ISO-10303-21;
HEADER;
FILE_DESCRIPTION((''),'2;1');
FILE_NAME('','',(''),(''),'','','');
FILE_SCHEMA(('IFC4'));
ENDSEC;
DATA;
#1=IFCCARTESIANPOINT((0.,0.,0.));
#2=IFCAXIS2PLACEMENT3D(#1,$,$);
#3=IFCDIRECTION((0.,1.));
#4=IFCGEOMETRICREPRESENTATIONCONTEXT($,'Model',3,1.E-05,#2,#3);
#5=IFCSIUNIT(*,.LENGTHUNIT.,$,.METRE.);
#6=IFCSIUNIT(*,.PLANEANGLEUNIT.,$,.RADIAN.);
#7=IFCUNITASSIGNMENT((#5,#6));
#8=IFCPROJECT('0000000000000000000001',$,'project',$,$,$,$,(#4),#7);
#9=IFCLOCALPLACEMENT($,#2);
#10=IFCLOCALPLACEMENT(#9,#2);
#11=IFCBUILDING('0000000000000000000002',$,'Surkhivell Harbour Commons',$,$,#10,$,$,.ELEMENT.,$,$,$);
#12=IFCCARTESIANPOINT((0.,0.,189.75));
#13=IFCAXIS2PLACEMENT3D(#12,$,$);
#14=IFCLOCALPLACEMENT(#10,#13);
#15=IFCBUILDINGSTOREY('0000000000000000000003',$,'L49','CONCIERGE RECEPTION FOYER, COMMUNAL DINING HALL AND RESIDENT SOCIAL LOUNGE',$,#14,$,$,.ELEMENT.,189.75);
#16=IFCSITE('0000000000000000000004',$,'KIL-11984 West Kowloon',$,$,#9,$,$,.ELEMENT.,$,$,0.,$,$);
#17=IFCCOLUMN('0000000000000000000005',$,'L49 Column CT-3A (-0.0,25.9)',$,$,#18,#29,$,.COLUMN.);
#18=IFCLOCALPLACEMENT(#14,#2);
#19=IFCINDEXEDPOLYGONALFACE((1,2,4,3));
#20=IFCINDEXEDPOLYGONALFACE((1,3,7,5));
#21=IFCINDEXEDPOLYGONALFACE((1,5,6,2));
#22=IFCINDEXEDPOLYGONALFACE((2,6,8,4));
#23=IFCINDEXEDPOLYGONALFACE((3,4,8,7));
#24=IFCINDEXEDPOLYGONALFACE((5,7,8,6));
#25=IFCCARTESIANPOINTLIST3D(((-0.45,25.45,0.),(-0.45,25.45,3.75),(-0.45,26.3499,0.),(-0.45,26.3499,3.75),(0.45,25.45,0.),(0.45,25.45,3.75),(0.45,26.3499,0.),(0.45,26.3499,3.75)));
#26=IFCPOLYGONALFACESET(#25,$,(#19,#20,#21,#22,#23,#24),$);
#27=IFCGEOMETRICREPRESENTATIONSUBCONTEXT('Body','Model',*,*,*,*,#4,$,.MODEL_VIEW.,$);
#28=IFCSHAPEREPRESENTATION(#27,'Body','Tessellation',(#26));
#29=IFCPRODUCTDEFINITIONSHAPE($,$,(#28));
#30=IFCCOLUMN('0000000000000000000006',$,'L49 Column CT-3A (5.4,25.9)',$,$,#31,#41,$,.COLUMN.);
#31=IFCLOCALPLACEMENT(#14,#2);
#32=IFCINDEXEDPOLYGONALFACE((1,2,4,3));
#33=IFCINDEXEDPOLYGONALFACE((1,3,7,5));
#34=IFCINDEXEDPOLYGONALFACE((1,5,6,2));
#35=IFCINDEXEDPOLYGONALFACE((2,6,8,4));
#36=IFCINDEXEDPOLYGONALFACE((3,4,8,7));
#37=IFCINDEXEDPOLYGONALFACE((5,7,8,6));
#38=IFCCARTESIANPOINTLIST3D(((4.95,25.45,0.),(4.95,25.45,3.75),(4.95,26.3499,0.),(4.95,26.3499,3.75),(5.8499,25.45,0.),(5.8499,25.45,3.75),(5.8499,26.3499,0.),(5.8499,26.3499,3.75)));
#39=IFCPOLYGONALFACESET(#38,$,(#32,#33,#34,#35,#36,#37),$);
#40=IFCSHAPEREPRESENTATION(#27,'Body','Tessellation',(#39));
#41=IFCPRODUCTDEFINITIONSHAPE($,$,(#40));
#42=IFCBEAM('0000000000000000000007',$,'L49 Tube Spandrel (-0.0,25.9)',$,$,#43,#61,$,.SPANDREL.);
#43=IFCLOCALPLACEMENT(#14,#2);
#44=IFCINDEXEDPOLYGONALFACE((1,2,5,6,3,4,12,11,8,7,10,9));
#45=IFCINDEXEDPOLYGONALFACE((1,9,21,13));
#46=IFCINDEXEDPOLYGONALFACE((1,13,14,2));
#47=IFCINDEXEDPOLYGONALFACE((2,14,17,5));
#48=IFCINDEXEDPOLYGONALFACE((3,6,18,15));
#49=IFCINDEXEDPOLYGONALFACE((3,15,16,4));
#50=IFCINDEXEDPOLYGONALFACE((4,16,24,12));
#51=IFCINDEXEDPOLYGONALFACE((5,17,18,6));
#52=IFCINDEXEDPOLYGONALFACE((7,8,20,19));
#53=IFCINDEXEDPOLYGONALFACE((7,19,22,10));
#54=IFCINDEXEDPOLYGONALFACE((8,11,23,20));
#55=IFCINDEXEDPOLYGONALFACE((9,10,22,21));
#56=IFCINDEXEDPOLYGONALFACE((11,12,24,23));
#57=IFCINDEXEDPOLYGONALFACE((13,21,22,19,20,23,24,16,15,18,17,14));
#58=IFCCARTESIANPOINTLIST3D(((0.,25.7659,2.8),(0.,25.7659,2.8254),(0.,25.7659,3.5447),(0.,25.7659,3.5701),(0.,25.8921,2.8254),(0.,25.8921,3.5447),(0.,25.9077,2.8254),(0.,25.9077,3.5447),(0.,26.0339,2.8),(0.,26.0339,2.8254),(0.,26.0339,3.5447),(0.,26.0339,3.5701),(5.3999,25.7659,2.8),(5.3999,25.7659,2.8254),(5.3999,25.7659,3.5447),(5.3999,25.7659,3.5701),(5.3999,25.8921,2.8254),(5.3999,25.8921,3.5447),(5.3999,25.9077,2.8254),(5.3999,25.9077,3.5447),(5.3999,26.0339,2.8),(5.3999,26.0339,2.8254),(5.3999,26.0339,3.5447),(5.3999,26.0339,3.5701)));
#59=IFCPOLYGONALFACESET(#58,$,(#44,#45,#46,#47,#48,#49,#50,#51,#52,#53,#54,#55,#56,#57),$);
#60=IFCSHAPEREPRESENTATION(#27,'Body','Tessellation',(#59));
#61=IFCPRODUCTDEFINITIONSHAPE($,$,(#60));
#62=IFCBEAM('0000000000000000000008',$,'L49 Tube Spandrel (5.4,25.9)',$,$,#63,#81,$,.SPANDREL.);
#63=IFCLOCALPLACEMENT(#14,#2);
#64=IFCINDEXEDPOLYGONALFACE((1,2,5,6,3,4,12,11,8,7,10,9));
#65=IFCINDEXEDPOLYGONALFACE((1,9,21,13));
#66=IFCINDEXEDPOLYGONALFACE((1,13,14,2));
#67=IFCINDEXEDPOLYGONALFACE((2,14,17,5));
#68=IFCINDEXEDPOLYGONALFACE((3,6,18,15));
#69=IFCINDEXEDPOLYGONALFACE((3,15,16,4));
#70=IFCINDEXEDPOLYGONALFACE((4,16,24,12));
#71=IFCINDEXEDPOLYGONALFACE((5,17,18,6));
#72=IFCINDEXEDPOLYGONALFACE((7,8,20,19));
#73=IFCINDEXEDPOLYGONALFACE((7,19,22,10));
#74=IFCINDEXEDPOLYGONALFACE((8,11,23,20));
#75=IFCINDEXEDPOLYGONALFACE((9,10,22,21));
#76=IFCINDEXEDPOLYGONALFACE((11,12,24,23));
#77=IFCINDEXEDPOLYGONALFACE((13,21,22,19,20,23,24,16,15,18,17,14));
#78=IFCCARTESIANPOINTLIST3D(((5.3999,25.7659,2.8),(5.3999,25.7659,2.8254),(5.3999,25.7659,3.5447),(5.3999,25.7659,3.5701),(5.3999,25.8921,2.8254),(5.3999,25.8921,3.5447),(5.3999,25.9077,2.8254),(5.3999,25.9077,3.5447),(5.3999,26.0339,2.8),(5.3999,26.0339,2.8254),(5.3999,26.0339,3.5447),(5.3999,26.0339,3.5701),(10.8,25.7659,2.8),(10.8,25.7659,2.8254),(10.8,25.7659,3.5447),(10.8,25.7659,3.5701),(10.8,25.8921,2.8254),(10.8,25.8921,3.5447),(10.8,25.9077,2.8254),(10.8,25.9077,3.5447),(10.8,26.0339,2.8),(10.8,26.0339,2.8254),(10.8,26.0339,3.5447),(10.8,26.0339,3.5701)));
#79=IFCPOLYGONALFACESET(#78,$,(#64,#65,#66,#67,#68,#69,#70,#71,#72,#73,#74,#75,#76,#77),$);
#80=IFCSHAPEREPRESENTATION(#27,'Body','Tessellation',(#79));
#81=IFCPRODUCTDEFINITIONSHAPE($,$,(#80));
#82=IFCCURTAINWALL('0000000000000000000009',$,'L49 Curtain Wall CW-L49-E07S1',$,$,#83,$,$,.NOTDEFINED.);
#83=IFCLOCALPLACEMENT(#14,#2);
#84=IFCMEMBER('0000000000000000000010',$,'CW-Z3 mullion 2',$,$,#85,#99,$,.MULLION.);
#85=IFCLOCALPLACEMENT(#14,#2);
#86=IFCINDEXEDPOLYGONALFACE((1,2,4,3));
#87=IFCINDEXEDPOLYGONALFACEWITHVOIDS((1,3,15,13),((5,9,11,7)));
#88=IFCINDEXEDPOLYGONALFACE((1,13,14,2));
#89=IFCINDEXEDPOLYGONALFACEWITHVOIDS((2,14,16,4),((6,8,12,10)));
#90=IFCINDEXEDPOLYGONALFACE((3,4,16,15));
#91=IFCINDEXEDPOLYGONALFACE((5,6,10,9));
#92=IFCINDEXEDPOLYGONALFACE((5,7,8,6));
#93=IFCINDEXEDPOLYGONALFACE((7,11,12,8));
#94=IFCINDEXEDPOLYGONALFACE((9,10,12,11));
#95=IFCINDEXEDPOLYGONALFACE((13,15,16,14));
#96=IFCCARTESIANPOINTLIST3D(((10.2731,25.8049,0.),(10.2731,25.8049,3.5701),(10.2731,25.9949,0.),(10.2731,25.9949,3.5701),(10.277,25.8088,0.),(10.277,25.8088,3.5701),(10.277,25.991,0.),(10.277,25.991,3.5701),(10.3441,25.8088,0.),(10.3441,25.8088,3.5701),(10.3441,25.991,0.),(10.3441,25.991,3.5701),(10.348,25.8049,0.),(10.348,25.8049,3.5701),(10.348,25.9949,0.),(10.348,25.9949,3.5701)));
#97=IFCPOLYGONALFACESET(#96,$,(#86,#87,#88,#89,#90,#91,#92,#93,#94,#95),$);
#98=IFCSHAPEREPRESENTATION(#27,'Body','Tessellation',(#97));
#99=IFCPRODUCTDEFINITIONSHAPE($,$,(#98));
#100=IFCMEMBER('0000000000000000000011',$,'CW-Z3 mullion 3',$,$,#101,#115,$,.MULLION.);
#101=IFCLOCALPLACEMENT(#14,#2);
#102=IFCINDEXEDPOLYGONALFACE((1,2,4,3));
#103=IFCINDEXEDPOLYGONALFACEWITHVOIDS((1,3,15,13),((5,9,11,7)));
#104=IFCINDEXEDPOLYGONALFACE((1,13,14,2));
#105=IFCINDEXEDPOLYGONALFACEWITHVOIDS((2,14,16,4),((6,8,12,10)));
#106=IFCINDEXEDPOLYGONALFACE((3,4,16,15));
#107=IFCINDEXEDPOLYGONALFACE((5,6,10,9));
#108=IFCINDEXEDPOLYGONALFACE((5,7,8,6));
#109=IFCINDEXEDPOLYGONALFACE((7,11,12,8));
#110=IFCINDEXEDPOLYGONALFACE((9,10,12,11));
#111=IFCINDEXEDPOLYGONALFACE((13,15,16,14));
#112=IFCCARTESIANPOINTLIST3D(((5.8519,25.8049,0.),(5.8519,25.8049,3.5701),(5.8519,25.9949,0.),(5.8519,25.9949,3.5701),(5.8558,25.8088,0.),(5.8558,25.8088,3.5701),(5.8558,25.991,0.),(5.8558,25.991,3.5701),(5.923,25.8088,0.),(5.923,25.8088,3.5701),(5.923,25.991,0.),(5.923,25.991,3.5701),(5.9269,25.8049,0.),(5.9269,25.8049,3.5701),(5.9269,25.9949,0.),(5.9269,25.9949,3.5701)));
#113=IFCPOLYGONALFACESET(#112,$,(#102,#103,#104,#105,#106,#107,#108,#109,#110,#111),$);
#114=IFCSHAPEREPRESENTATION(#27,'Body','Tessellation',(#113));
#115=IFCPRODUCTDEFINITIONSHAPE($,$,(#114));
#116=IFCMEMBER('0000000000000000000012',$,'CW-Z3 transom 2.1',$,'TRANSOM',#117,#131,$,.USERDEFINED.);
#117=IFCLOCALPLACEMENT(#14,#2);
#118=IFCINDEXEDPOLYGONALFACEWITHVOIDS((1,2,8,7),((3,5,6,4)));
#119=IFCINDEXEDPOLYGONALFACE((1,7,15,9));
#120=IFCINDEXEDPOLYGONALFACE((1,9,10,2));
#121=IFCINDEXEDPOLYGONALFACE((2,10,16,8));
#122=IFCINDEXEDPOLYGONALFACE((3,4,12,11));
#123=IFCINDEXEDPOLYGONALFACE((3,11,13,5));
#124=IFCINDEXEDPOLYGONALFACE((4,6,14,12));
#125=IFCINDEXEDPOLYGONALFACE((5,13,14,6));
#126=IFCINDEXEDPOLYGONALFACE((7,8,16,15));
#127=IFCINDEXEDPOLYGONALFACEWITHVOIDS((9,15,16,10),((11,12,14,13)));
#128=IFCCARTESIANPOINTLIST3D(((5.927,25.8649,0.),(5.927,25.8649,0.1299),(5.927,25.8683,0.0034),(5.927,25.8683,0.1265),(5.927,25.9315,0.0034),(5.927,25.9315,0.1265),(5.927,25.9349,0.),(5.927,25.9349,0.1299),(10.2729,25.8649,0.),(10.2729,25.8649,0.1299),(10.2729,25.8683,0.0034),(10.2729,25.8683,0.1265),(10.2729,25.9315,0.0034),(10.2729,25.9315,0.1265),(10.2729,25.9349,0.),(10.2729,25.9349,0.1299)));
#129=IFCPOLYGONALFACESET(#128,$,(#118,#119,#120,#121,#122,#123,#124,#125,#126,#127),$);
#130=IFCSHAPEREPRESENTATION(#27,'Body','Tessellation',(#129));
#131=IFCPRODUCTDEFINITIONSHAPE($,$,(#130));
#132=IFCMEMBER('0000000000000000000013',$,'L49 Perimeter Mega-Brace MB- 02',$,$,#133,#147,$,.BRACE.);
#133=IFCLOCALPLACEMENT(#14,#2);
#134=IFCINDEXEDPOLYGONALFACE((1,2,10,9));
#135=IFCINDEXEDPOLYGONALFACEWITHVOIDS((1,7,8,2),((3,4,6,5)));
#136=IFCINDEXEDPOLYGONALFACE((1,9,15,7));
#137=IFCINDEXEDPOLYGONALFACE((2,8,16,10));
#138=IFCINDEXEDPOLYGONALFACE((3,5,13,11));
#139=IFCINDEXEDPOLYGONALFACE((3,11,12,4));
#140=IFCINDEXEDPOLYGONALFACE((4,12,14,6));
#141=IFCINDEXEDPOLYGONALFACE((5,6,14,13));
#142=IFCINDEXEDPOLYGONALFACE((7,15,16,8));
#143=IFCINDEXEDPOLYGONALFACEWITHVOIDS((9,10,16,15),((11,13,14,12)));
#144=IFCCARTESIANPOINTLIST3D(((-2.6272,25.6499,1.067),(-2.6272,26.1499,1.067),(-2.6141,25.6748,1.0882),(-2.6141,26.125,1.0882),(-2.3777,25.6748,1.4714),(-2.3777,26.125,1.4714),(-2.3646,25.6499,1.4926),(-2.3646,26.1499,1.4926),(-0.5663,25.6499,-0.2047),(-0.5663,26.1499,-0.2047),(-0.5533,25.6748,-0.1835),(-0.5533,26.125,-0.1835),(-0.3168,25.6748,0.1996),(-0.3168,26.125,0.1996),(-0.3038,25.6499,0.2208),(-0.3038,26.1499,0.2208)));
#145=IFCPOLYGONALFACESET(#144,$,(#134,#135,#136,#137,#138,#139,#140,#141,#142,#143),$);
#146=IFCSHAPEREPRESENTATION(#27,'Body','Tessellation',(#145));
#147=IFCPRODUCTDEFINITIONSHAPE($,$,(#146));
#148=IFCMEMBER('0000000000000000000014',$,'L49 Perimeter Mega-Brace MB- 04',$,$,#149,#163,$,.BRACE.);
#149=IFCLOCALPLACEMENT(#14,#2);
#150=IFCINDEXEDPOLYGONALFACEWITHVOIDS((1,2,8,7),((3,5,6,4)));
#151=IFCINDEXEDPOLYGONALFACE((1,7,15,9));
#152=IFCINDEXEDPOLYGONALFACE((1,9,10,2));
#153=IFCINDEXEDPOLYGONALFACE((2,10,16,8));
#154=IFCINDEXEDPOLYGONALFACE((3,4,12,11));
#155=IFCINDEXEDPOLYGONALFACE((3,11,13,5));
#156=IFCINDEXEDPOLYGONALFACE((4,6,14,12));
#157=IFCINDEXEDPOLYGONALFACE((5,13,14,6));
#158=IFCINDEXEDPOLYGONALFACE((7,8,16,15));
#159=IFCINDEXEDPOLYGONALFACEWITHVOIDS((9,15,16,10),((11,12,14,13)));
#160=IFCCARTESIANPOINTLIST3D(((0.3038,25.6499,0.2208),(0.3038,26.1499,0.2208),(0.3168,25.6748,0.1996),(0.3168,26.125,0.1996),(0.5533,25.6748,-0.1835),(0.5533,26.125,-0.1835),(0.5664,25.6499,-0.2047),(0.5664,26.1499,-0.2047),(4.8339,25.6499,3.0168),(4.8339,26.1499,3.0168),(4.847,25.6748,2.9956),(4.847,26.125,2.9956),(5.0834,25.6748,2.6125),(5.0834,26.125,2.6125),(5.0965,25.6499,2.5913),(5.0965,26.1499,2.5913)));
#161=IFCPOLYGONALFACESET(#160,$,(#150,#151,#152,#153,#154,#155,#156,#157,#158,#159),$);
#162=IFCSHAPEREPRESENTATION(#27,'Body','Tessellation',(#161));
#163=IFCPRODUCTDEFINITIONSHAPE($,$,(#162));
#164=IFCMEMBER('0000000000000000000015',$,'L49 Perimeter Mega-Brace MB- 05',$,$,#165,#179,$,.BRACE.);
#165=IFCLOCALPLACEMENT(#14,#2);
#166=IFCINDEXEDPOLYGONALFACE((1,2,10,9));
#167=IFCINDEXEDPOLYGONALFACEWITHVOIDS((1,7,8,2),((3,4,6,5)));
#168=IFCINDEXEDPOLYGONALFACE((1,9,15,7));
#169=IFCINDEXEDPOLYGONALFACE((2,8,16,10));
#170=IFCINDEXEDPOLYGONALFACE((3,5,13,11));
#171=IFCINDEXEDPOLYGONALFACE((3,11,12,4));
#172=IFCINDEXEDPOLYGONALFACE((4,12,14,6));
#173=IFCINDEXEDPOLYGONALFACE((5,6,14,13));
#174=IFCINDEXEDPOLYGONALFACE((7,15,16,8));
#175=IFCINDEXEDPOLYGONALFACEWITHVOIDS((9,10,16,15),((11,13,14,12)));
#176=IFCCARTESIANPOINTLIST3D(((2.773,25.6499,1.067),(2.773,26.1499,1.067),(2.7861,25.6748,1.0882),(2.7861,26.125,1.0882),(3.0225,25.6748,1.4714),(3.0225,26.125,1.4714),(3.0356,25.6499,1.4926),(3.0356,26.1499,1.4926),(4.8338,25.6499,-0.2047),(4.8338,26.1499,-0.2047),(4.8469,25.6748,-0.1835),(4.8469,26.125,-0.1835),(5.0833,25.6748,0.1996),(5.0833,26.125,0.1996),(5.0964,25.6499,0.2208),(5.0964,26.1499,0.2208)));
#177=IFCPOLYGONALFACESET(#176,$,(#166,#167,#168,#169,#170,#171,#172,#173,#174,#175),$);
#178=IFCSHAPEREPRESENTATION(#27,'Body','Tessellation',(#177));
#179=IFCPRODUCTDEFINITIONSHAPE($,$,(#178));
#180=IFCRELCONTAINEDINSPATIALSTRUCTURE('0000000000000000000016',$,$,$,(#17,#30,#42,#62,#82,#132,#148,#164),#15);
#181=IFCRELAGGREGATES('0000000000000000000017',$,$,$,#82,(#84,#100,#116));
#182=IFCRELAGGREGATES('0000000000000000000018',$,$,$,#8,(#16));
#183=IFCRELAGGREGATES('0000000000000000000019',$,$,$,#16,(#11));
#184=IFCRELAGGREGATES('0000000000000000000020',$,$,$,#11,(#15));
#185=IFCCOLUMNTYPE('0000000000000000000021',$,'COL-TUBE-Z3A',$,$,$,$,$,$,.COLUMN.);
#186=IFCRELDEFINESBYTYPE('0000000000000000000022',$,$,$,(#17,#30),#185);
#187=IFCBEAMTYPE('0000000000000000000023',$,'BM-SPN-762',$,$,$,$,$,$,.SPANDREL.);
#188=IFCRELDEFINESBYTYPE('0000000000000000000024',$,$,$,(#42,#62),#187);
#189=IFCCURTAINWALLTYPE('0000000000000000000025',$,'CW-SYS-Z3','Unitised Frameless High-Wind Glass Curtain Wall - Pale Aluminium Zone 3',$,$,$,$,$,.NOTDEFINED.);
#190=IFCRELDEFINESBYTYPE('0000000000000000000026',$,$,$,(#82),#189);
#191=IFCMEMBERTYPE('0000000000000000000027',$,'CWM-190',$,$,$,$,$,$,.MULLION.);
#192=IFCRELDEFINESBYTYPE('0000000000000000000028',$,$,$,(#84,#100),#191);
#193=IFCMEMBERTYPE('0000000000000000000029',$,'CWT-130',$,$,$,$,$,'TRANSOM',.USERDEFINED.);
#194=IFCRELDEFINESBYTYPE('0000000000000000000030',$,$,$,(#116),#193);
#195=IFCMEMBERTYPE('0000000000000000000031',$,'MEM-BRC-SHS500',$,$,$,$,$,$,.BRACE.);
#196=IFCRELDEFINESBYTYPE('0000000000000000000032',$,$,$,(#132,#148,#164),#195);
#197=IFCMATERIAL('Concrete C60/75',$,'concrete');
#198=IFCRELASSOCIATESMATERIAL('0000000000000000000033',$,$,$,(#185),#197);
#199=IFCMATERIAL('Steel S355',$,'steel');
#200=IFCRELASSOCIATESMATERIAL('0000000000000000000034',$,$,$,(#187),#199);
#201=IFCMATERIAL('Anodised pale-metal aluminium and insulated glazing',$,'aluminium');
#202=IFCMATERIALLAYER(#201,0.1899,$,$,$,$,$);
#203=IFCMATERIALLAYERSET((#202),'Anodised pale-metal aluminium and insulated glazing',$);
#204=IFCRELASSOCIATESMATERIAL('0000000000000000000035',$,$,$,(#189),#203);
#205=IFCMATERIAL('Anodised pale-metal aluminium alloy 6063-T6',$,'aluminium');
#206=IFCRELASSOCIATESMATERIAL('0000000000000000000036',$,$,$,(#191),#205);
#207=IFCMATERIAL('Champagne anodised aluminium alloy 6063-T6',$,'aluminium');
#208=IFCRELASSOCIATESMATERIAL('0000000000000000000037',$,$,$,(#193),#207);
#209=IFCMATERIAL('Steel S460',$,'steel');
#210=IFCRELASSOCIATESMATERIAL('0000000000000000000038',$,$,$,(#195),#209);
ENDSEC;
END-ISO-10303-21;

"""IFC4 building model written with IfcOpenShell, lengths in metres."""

from ifc_helpers import new_model, si_unit, direction, frame, origin, origin_2d, place, context, subcontext, project, spatial, rectangle, hollow_rectangle, i_section, extrude, material, layer, layer_set, material_profile, profile_set, type_object, element, aggregate, save


model = new_model("IFC4")

# Units and contexts
model_context = context("Model", 3, precision=1e-05, world=origin(), true_north=direction((0.0, 1.0)))
body_context = subcontext(model_context, "Body", "Model", "MODEL_VIEW")
ifc_project = project(units=[si_unit("LENGTHUNIT", "METRE"), si_unit("PLANEANGLEUNIT", "RADIAN")], contexts=[model_context])

# Site, building, storey
site_placement = place(None, origin())
site = spatial("IfcSite", under=ifc_project, at=site_placement, Name="KIL-11984 West Kowloon", CompositionType="ELEMENT", RefElevation=0.0)
building_placement = place(site_placement, origin())
building = spatial("IfcBuilding", under=site, at=building_placement, Name="Surkhivell Harbour Commons", CompositionType="ELEMENT")
storey_placement = place(building_placement, frame((0.0, 0.0, 189.75)))
storey = spatial("IfcBuildingStorey", under=building, at=storey_placement, Name="L49", Description="CONCIERGE RECEPTION FOYER, COMMUNAL DINING HALL AND RESIDENT SOCIAL LOUNGE", CompositionType="ELEMENT", Elevation=189.75)

# Columns
ifc_material_1 = material(Name="Concrete C60/75", Category="concrete")
ifc_material_profile_1 = material_profile(ifc_material_1, rectangle(XDim=0.8999, YDim=0.8999, at=origin_2d()), Name="RC-COL-900x900")
ifc_profile_set_1 = profile_set([ifc_material_profile_1], Name="Concrete C60/75")
column_type = type_object("IfcColumnType", Name="COL-TUBE-Z3A", PredefinedType="COLUMN", material=ifc_profile_set_1)
for number, where, z_axis, x_axis, name in (
    (1, (0.0, 25.8999, 0.0), (0.0, 0.0, 1.0), (1.0, 0.0, 0.0), "L49 Column CT-3A (-0.0,25.9)"),
    (2, (5.3999, 25.8999, 0.0), (0.0, 0.0, 1.0), (1.0, 0.0, 0.0), "L49 Column CT-3A (5.4,25.9)"),
):
    element("IfcColumn", number, at=place(storey_placement, frame(where, z_axis=z_axis, x_axis=x_axis)), inside=storey, type_object=column_type, Name=name, PredefinedType="COLUMN", context=body_context, shape_type="SweptSolid", body=[
        extrude(rectangle(XDim=0.8999, YDim=0.8999, at=origin_2d()), origin(), (0.0, 0.0, 1.0), 3.75),
    ])

# Beams
ifc_material_2 = material(Name="Steel S355", Category="steel")
ifc_material_profile_2 = material_profile(ifc_material_2, i_section(OverallWidth=0.2681, OverallDepth=0.77, WebThickness=0.0156, FlangeThickness=0.0254, at=origin_2d()), Name="UB762x267x197")
ifc_profile_set_2 = profile_set([ifc_material_profile_2], Name="Steel S355")
beam_type = type_object("IfcBeamType", Name="BM-SPN-762", PredefinedType="SPANDREL", material=ifc_profile_set_2)
beam_1_placement = place(storey_placement, frame((0.0, 25.8999, 3.1851), z_axis=(1.0, 0.0, 0.0), x_axis=(0.0, 1.0, 0.0)))
element("IfcBeam", 3, at=beam_1_placement, inside=storey, type_object=beam_type, Name="L49 Tube Spandrel (-0.0,25.9)", PredefinedType="SPANDREL", context=body_context, shape_type="SweptSolid", body=[
    extrude(i_section(OverallWidth=0.2681, OverallDepth=0.77, WebThickness=0.0156, FlangeThickness=0.0254, at=origin_2d()), origin(), (0.0, 0.0, 1.0), 5.3999),
])
beam_2_placement = place(storey_placement, frame((5.3999, 25.8999, 3.1851), z_axis=(1.0, 0.0, 0.0), x_axis=(0.0, 1.0, 0.0)))
element("IfcBeam", 4, at=beam_2_placement, inside=storey, type_object=beam_type, Name="L49 Tube Spandrel (5.4,25.9)", PredefinedType="SPANDREL", context=body_context, shape_type="SweptSolid", body=[
    extrude(i_section(OverallWidth=0.2681, OverallDepth=0.77, WebThickness=0.0156, FlangeThickness=0.0254, at=origin_2d()), origin(), (0.0, 0.0, 1.0), 5.4001),
])

# Curtain wall, members
ifc_material_3 = material(Name="Anodised pale-metal aluminium and insulated glazing", Category="aluminium")
ifc_layer_1 = layer(ifc_material_3, 0.1899)
ifc_layer_set_1 = layer_set([ifc_layer_1], Name="Anodised pale-metal aluminium and insulated glazing")
curtain_wall_type = type_object("IfcCurtainWallType", Name="CW-SYS-Z3", Description="Unitised Frameless High-Wind Glass Curtain Wall - Pale Aluminium Zone 3", PredefinedType="NOTDEFINED", material=ifc_layer_set_1)
curtain_wall_placement = place(storey_placement, origin())
curtain_wall = element("IfcCurtainWall", 5, at=curtain_wall_placement, inside=storey, type_object=curtain_wall_type, Name="L49 Curtain Wall CW-L49-E07S1", PredefinedType="NOTDEFINED")
ifc_material_4 = material(Name="Anodised pale-metal aluminium alloy 6063-T6", Category="aluminium")
ifc_material_profile_3 = material_profile(ifc_material_4, hollow_rectangle(XDim=0.075, YDim=0.1899, WallThickness=0.0039, at=origin_2d()), Name="ALU-MULL-75x190")
ifc_profile_set_3 = profile_set([ifc_material_profile_3], Name="Anodised pale-metal aluminium alloy 6063-T6")
member_type_1 = type_object("IfcMemberType", Name="CWM-190", PredefinedType="MULLION", material=ifc_profile_set_3)
member_1_placement = place(storey_placement, frame((10.3105, 25.8999, 0.0), z_axis=(0.0, 0.0, 1.0), x_axis=(-1.0, 0.0, 0.0)))
member_1 = element("IfcMember", 6, at=member_1_placement, type_object=member_type_1, Name="CW-Z3 mullion 2", PredefinedType="MULLION", context=body_context, shape_type="SweptSolid", body=[
    extrude(hollow_rectangle(XDim=0.075, YDim=0.1899, WallThickness=0.0039, at=origin_2d()), origin(), (0.0, 0.0, 1.0), 3.5701),
])
member_2_placement = place(storey_placement, frame((5.8894, 25.8999, 0.0), z_axis=(0.0, 0.0, 1.0), x_axis=(-1.0, 0.0, 0.0)))
member_2 = element("IfcMember", 7, at=member_2_placement, type_object=member_type_1, Name="CW-Z3 mullion 3", PredefinedType="MULLION", context=body_context, shape_type="SweptSolid", body=[
    extrude(hollow_rectangle(XDim=0.075, YDim=0.1899, WallThickness=0.0039, at=origin_2d()), origin(), (0.0, 0.0, 1.0), 3.5701),
])
ifc_material_5 = material(Name="Champagne anodised aluminium alloy 6063-T6", Category="aluminium")
ifc_material_profile_4 = material_profile(ifc_material_5, hollow_rectangle(XDim=0.0701, YDim=0.1299, WallThickness=0.0034, at=origin_2d()), Name="ALU-TRAN-70x130")
ifc_profile_set_4 = profile_set([ifc_material_profile_4], Name="Champagne anodised aluminium alloy 6063-T6")
member_type_2 = type_object("IfcMemberType", Name="CWT-130", ElementType="TRANSOM", PredefinedType="USERDEFINED", material=ifc_profile_set_4)
member_3_placement = place(storey_placement, frame((10.2729, 25.8999, 0.0649), z_axis=(-1.0, 0.0, 0.0), x_axis=(0.0, -1.0, 0.0)))
member_3 = element("IfcMember", 8, at=member_3_placement, type_object=member_type_2, Name="CW-Z3 transom 2.1", ObjectType="TRANSOM", PredefinedType="USERDEFINED", context=body_context, shape_type="SweptSolid", body=[
    extrude(hollow_rectangle(XDim=0.0701, YDim=0.1299, WallThickness=0.0034, at=origin_2d()), origin(), (0.0, 0.0, 1.0), 4.3459),
])

# Members
ifc_material_6 = material(Name="Steel S460", Category="steel")
ifc_material_profile_5 = material_profile(ifc_material_6, hollow_rectangle(XDim=0.5, YDim=0.5, WallThickness=0.0249, at=origin_2d()), Name="SHS500x500x25")
ifc_profile_set_5 = profile_set([ifc_material_profile_5], Name="Steel S460")
member_type_3 = type_object("IfcMemberType", Name="MEM-BRC-SHS500", PredefinedType="BRACE", material=ifc_profile_set_5)
member_4_placement = place(storey_placement, frame((-0.4351, 25.8999, 0.0081), z_axis=(-0.851003, 0.0, 0.52516), x_axis=(0.0, -1.0, 0.0)))
element("IfcMember", 9, at=member_4_placement, inside=storey, type_object=member_type_3, Name="L49 Perimeter Mega-Brace MB- 02", PredefinedType="BRACE", context=body_context, shape_type="SweptSolid", body=[
    extrude(hollow_rectangle(XDim=0.5, YDim=0.5, WallThickness=0.0249, at=origin_2d()), origin(), (0.0, 0.0, 1.0), 2.4216),
])
member_5_placement = place(storey_placement, frame((0.4351, 25.8999, 0.0081), z_axis=(0.850971, 0.0, 0.525213), x_axis=(0.0, 1.0, 0.0)))
element("IfcMember", 10, at=member_5_placement, inside=storey, type_object=member_type_3, Name="L49 Perimeter Mega-Brace MB- 04", PredefinedType="BRACE", context=body_context, shape_type="SweptSolid", body=[
    extrude(hollow_rectangle(XDim=0.5, YDim=0.5, WallThickness=0.0249, at=origin_2d()), origin(), (0.0, 0.0, 1.0), 5.3235),
])
for number, where, z_axis, x_axis, name in (
    (11, (4.9651, 25.8999, 0.0081), (-0.851003, 0.0, 0.52516), (0.0, -1.0, 0.0), "L49 Perimeter Mega-Brace MB- 05"),
):
    element("IfcMember", number, at=place(storey_placement, frame(where, z_axis=z_axis, x_axis=x_axis)), inside=storey, type_object=member_type_3, Name=name, PredefinedType="BRACE", context=body_context, shape_type="SweptSolid", body=[
        extrude(hollow_rectangle(XDim=0.5, YDim=0.5, WallThickness=0.0249, at=origin_2d()), origin(), (0.0, 0.0, 1.0), 2.4216),
    ])

aggregate(curtain_wall, [member_1, member_2, member_3])

save(model, "model.ifc")
